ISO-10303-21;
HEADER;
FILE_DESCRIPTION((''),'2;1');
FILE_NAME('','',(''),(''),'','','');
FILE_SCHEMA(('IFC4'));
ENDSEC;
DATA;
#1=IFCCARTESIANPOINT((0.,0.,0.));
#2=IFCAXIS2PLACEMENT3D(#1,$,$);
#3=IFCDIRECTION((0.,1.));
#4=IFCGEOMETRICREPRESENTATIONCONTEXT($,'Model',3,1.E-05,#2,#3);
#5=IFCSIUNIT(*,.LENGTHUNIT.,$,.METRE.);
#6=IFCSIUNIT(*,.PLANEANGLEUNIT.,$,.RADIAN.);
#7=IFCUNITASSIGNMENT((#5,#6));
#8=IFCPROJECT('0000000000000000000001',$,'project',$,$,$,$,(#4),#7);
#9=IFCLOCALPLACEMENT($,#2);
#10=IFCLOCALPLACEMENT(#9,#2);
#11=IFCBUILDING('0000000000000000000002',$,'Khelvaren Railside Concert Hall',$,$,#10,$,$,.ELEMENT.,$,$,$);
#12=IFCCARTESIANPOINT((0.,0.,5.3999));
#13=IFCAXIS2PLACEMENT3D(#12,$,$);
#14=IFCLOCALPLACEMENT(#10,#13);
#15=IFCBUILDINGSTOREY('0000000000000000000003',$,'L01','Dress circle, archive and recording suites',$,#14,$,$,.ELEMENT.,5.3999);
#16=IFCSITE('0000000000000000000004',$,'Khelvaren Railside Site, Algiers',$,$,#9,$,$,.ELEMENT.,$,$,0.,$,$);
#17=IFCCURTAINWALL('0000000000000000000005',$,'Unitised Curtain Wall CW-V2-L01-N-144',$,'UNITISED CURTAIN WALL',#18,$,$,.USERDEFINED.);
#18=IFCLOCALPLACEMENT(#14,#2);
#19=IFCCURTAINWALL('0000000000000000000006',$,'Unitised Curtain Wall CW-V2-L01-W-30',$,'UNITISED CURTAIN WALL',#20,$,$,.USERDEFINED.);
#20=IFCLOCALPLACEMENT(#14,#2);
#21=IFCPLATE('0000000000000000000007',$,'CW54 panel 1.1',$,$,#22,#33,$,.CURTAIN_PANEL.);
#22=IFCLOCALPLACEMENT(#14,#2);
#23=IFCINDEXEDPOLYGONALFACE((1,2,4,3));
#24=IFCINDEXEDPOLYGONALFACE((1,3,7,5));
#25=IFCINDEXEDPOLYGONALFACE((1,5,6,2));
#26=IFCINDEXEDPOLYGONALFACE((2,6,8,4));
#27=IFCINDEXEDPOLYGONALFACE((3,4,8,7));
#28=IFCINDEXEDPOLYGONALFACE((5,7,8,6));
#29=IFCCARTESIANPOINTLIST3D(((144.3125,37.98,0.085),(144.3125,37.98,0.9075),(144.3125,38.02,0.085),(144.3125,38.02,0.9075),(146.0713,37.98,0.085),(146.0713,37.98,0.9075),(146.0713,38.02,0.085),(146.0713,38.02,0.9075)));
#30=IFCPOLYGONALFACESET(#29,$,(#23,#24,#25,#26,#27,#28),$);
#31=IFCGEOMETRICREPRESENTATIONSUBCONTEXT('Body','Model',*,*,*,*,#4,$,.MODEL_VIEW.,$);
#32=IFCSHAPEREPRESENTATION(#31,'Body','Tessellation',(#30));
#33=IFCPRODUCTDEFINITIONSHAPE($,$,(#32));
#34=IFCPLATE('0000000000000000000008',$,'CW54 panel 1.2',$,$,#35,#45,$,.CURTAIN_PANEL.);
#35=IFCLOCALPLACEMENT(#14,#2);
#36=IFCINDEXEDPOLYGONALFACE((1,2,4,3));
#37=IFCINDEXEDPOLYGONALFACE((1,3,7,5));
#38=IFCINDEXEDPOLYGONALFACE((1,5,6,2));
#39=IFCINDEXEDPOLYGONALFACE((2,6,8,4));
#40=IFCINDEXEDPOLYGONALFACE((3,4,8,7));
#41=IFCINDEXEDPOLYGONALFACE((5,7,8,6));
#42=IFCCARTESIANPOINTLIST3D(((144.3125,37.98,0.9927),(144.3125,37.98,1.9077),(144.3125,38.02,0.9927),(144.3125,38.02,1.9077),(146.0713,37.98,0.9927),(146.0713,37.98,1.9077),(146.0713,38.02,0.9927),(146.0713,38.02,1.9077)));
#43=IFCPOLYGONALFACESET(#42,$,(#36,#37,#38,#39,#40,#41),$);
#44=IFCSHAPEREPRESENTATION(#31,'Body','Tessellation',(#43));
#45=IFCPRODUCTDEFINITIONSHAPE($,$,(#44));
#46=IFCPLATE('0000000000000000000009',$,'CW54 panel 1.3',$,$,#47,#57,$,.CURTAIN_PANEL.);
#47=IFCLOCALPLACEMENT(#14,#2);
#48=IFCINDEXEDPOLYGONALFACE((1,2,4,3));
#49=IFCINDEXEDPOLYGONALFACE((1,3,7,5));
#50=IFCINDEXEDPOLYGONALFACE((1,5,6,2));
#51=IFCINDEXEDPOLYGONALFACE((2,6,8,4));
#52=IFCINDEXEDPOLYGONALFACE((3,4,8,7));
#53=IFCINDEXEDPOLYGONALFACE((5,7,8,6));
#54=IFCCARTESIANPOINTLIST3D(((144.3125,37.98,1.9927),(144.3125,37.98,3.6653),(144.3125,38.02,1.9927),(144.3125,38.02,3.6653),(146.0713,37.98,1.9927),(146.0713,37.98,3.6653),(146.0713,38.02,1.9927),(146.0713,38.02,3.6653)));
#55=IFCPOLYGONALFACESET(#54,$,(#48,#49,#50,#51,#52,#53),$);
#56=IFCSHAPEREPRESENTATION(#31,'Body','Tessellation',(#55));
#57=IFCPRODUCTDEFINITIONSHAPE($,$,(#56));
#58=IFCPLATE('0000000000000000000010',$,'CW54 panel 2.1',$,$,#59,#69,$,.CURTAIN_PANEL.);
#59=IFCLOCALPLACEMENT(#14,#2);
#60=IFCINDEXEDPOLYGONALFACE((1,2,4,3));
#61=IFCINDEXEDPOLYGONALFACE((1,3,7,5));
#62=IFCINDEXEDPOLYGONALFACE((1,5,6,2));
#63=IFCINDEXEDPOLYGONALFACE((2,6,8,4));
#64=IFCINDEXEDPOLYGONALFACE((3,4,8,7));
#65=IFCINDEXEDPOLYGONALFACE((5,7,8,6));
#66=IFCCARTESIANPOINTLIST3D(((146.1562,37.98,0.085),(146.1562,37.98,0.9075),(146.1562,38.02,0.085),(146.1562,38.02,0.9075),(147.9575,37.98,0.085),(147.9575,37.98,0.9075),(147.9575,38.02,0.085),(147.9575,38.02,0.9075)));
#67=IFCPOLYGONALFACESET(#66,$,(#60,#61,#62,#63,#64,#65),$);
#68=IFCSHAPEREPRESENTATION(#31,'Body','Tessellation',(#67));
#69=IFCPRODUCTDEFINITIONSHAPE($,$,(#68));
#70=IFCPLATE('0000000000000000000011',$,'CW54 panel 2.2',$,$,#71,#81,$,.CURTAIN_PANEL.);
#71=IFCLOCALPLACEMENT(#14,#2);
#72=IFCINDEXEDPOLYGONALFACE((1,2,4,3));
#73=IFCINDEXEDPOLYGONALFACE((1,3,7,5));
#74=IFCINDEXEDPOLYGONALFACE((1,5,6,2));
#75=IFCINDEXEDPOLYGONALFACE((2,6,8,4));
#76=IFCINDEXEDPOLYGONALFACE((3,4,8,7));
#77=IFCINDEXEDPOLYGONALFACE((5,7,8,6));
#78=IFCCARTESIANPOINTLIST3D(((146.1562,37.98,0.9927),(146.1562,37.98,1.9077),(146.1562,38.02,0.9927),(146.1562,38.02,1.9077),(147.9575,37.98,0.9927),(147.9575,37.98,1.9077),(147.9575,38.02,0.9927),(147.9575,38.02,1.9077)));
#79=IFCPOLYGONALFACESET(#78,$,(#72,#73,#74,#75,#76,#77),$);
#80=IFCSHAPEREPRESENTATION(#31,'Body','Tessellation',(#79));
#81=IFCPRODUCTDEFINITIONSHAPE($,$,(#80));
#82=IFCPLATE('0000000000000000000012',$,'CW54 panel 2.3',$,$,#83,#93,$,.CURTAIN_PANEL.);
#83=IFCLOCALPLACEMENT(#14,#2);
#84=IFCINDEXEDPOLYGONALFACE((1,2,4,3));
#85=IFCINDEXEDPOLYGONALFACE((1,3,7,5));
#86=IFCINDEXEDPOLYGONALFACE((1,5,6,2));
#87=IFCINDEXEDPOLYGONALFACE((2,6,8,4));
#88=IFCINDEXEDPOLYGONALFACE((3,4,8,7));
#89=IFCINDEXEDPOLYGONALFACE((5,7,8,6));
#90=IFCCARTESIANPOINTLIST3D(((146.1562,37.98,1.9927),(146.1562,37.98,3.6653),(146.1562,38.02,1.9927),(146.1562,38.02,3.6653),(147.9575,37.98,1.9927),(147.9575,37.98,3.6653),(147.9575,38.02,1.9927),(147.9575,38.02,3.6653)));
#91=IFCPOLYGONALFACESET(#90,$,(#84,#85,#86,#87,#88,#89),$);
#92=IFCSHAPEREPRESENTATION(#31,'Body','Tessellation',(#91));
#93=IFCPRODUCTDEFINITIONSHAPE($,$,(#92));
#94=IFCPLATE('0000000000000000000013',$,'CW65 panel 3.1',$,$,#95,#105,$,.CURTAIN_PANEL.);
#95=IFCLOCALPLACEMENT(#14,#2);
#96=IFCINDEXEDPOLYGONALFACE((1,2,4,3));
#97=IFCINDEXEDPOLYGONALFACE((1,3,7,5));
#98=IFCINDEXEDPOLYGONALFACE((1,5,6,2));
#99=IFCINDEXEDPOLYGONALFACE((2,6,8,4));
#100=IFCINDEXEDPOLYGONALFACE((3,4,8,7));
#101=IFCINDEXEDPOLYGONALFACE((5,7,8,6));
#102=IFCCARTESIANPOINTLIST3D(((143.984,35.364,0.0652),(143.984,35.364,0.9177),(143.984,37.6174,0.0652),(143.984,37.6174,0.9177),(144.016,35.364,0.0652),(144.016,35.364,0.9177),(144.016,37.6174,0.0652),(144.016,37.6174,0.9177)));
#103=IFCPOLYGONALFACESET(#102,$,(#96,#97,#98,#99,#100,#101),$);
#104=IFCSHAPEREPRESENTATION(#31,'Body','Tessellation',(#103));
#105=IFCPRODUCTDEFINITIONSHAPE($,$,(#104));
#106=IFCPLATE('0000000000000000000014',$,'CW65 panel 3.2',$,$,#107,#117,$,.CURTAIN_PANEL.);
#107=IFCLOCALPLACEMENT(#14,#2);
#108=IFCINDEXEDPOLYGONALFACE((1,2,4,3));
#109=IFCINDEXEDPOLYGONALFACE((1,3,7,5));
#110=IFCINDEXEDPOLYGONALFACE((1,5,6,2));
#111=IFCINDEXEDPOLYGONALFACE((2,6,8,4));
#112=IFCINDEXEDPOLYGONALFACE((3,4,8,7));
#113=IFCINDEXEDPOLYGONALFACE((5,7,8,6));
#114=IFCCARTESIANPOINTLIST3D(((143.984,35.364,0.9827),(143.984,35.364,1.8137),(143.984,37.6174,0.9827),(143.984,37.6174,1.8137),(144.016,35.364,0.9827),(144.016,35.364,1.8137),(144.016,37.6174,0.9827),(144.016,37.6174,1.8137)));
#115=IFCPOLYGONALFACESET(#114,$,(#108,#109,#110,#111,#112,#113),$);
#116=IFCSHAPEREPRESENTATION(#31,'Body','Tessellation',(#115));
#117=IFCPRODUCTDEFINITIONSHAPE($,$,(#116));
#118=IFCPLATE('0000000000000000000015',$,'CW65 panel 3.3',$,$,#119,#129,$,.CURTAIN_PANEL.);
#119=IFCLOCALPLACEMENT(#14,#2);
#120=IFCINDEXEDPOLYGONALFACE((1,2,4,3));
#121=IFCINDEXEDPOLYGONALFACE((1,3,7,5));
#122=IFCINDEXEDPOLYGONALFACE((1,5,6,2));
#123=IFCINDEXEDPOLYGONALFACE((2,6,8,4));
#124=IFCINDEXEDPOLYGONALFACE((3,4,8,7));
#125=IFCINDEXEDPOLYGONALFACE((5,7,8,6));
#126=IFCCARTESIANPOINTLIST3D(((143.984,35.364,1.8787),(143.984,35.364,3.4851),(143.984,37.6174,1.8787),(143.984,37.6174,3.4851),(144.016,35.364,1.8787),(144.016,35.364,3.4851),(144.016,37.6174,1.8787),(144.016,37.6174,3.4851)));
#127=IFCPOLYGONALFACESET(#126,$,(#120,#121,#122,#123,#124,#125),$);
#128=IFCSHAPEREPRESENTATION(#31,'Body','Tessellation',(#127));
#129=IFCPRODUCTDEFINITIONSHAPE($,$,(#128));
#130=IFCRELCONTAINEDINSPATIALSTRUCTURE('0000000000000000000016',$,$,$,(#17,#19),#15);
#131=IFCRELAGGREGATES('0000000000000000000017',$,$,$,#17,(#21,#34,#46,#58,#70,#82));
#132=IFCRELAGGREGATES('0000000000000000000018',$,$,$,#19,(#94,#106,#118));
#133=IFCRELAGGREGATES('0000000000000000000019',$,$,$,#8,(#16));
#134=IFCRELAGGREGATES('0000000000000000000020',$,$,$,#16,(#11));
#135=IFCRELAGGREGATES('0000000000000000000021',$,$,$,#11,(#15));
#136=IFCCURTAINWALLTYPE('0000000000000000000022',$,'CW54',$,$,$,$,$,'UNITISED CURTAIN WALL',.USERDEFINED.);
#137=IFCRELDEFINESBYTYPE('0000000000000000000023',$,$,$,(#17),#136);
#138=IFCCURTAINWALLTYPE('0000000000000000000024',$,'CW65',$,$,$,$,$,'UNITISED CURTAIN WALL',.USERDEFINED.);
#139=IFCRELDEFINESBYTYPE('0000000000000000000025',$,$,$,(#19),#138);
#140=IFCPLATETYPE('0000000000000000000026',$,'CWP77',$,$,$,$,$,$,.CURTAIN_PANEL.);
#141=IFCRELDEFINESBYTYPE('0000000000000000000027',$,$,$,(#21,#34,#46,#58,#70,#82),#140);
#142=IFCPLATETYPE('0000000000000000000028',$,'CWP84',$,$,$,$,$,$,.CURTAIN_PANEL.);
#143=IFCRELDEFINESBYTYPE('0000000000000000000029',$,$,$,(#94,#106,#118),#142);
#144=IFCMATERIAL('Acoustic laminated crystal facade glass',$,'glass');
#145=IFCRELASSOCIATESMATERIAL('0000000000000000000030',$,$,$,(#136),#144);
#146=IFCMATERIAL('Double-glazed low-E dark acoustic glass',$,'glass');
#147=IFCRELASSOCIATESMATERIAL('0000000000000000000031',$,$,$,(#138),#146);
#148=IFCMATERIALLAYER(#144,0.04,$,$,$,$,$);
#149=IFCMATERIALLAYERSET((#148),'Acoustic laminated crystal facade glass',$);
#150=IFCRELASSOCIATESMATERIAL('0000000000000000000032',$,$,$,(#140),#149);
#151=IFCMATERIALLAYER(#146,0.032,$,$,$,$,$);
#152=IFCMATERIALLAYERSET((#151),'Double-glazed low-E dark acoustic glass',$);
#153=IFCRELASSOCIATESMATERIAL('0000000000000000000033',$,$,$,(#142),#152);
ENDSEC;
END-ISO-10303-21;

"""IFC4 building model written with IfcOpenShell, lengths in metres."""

from ifc_helpers import new_model, si_unit, direction, frame, origin, origin_2d, place, context, subcontext, project, spatial, rectangle, extrude, material, layer, layer_set, type_object, element, aggregate, save


model = new_model("IFC4")

# Units and contexts
model_context = context("Model", 3, precision=1e-05, world=origin(), true_north=direction((0.0, 1.0)))
body_context = subcontext(model_context, "Body", "Model", "MODEL_VIEW")
ifc_project = project(units=[si_unit("LENGTHUNIT", "METRE"), si_unit("PLANEANGLEUNIT", "RADIAN")], contexts=[model_context])

# Site, building, storey
site_placement = place(None, origin())
site = spatial("IfcSite", under=ifc_project, at=site_placement, Name="Khelvaren Railside Site, Algiers", CompositionType="ELEMENT", RefElevation=0.0)
building_placement = place(site_placement, origin())
building = spatial("IfcBuilding", under=site, at=building_placement, Name="Khelvaren Railside Concert Hall", CompositionType="ELEMENT")
storey_placement = place(building_placement, frame((0.0, 0.0, 5.3999)))
storey = spatial("IfcBuildingStorey", under=building, at=storey_placement, Name="L01", Description="Dress circle, archive and recording suites", CompositionType="ELEMENT", Elevation=5.3999)

# Curtain wall
ifc_material_1 = material(Name="Acoustic laminated crystal facade glass", Category="glass")
curtain_wall_type_1 = type_object("IfcCurtainWallType", Name="CW54", ElementType="UNITISED CURTAIN WALL", PredefinedType="USERDEFINED", material=ifc_material_1)
curtain_wall_1_placement = place(storey_placement, origin())
curtain_wall_1 = element("IfcCurtainWall", 1, at=curtain_wall_1_placement, inside=storey, type_object=curtain_wall_type_1, Name="Unitised Curtain Wall CW-V2-L01-N-144", ObjectType="UNITISED CURTAIN WALL", PredefinedType="USERDEFINED")

# Curtain wall
ifc_material_2 = material(Name="Double-glazed low-E dark acoustic glass", Category="glass")
curtain_wall_type_2 = type_object("IfcCurtainWallType", Name="CW65", ElementType="UNITISED CURTAIN WALL", PredefinedType="USERDEFINED", material=ifc_material_2)
curtain_wall_2_placement = place(storey_placement, origin())
curtain_wall_2 = element("IfcCurtainWall", 2, at=curtain_wall_2_placement, inside=storey, type_object=curtain_wall_type_2, Name="Unitised Curtain Wall CW-V2-L01-W-30", ObjectType="UNITISED CURTAIN WALL", PredefinedType="USERDEFINED")

# Plates
ifc_layer_1 = layer(ifc_material_1, 0.04)
ifc_layer_set_1 = layer_set([ifc_layer_1], Name="Acoustic laminated crystal facade glass")
plate_type_1 = type_object("IfcPlateType", Name="CWP77", PredefinedType="CURTAIN_PANEL", material=ifc_layer_set_1)
plate_1_placement = place(storey_placement, frame((145.1919, 38.0, 0.085), z_axis=(0.0, 0.0, 1.0), x_axis=(1.0, 0.0, 0.0)))
plate_1 = element("IfcPlate", 3, at=plate_1_placement, type_object=plate_type_1, Name="CW54 panel 1.1", PredefinedType="CURTAIN_PANEL", context=body_context, shape_type="SweptSolid", body=[
    extrude(rectangle(XDim=1.7588, YDim=0.04, at=origin_2d()), origin(), (0.0, 0.0, 1.0), 0.8225),
])
plate_2_placement = place(storey_placement, frame((145.1919, 38.0, 0.9927), z_axis=(0.0, 0.0, 1.0), x_axis=(1.0, 0.0, 0.0)))
plate_2 = element("IfcPlate", 4, at=plate_2_placement, type_object=plate_type_1, Name="CW54 panel 1.2", PredefinedType="CURTAIN_PANEL", context=body_context, shape_type="SweptSolid", body=[
    extrude(rectangle(XDim=1.7588, YDim=0.04, at=origin_2d()), origin(), (0.0, 0.0, 1.0), 0.915),
])
plate_3_placement = place(storey_placement, frame((145.1919, 38.0, 1.9927), z_axis=(0.0, 0.0, 1.0), x_axis=(1.0, 0.0, 0.0)))
plate_3 = element("IfcPlate", 5, at=plate_3_placement, type_object=plate_type_1, Name="CW54 panel 1.3", PredefinedType="CURTAIN_PANEL", context=body_context, shape_type="SweptSolid", body=[
    extrude(rectangle(XDim=1.7588, YDim=0.04, at=origin_2d()), origin(), (0.0, 0.0, 1.0), 1.6726),
])
plate_4_placement = place(storey_placement, frame((147.0569, 38.0, 0.085), z_axis=(0.0, 0.0, 1.0), x_axis=(1.0, 0.0, 0.0)))
plate_4 = element("IfcPlate", 6, at=plate_4_placement, type_object=plate_type_1, Name="CW54 panel 2.1", PredefinedType="CURTAIN_PANEL", context=body_context, shape_type="SweptSolid", body=[
    extrude(rectangle(XDim=1.8013, YDim=0.04, at=origin_2d()), origin(), (0.0, 0.0, 1.0), 0.8225),
])
plate_5_placement = place(storey_placement, frame((147.0569, 38.0, 0.9927), z_axis=(0.0, 0.0, 1.0), x_axis=(1.0, 0.0, 0.0)))
plate_5 = element("IfcPlate", 7, at=plate_5_placement, type_object=plate_type_1, Name="CW54 panel 2.2", PredefinedType="CURTAIN_PANEL", context=body_context, shape_type="SweptSolid", body=[
    extrude(rectangle(XDim=1.8013, YDim=0.04, at=origin_2d()), origin(), (0.0, 0.0, 1.0), 0.915),
])
plate_6_placement = place(storey_placement, frame((147.0569, 38.0, 1.9927), z_axis=(0.0, 0.0, 1.0), x_axis=(1.0, 0.0, 0.0)))
plate_6 = element("IfcPlate", 8, at=plate_6_placement, type_object=plate_type_1, Name="CW54 panel 2.3", PredefinedType="CURTAIN_PANEL", context=body_context, shape_type="SweptSolid", body=[
    extrude(rectangle(XDim=1.8013, YDim=0.04, at=origin_2d()), origin(), (0.0, 0.0, 1.0), 1.6726),
])
aggregate(curtain_wall_1, [plate_1, plate_2, plate_3, plate_4, plate_5, plate_6])
ifc_layer_2 = layer(ifc_material_2, 0.032)
ifc_layer_set_2 = layer_set([ifc_layer_2], Name="Double-glazed low-E dark acoustic glass")
plate_type_2 = type_object("IfcPlateType", Name="CWP84", PredefinedType="CURTAIN_PANEL", material=ifc_layer_set_2)
plate_7_placement = place(storey_placement, frame((144.0, 36.4907, 0.0652), z_axis=(0.0, 0.0, 1.0), x_axis=(0.0, 1.0, 0.0)))
plate_7 = element("IfcPlate", 9, at=plate_7_placement, type_object=plate_type_2, Name="CW65 panel 3.1", PredefinedType="CURTAIN_PANEL", context=body_context, shape_type="SweptSolid", body=[
    extrude(rectangle(XDim=2.2534, YDim=0.032, at=origin_2d()), origin(), (0.0, 0.0, 1.0), 0.8525),
])
plate_8_placement = place(storey_placement, frame((144.0, 36.4907, 0.9827), z_axis=(0.0, 0.0, 1.0), x_axis=(0.0, 1.0, 0.0)))
plate_8 = element("IfcPlate", 10, at=plate_8_placement, type_object=plate_type_2, Name="CW65 panel 3.2", PredefinedType="CURTAIN_PANEL", context=body_context, shape_type="SweptSolid", body=[
    extrude(rectangle(XDim=2.2534, YDim=0.032, at=origin_2d()), origin(), (0.0, 0.0, 1.0), 0.8311),
])
plate_9_placement = place(storey_placement, frame((144.0, 36.4907, 1.8787), z_axis=(0.0, 0.0, 1.0), x_axis=(0.0, 1.0, 0.0)))
plate_9 = element("IfcPlate", 11, at=plate_9_placement, type_object=plate_type_2, Name="CW65 panel 3.3", PredefinedType="CURTAIN_PANEL", context=body_context, shape_type="SweptSolid", body=[
    extrude(rectangle(XDim=2.2534, YDim=0.032, at=origin_2d()), origin(), (0.0, 0.0, 1.0), 1.6064),
])
aggregate(curtain_wall_2, [plate_7, plate_8, plate_9])

save(model, "model.ifc")
